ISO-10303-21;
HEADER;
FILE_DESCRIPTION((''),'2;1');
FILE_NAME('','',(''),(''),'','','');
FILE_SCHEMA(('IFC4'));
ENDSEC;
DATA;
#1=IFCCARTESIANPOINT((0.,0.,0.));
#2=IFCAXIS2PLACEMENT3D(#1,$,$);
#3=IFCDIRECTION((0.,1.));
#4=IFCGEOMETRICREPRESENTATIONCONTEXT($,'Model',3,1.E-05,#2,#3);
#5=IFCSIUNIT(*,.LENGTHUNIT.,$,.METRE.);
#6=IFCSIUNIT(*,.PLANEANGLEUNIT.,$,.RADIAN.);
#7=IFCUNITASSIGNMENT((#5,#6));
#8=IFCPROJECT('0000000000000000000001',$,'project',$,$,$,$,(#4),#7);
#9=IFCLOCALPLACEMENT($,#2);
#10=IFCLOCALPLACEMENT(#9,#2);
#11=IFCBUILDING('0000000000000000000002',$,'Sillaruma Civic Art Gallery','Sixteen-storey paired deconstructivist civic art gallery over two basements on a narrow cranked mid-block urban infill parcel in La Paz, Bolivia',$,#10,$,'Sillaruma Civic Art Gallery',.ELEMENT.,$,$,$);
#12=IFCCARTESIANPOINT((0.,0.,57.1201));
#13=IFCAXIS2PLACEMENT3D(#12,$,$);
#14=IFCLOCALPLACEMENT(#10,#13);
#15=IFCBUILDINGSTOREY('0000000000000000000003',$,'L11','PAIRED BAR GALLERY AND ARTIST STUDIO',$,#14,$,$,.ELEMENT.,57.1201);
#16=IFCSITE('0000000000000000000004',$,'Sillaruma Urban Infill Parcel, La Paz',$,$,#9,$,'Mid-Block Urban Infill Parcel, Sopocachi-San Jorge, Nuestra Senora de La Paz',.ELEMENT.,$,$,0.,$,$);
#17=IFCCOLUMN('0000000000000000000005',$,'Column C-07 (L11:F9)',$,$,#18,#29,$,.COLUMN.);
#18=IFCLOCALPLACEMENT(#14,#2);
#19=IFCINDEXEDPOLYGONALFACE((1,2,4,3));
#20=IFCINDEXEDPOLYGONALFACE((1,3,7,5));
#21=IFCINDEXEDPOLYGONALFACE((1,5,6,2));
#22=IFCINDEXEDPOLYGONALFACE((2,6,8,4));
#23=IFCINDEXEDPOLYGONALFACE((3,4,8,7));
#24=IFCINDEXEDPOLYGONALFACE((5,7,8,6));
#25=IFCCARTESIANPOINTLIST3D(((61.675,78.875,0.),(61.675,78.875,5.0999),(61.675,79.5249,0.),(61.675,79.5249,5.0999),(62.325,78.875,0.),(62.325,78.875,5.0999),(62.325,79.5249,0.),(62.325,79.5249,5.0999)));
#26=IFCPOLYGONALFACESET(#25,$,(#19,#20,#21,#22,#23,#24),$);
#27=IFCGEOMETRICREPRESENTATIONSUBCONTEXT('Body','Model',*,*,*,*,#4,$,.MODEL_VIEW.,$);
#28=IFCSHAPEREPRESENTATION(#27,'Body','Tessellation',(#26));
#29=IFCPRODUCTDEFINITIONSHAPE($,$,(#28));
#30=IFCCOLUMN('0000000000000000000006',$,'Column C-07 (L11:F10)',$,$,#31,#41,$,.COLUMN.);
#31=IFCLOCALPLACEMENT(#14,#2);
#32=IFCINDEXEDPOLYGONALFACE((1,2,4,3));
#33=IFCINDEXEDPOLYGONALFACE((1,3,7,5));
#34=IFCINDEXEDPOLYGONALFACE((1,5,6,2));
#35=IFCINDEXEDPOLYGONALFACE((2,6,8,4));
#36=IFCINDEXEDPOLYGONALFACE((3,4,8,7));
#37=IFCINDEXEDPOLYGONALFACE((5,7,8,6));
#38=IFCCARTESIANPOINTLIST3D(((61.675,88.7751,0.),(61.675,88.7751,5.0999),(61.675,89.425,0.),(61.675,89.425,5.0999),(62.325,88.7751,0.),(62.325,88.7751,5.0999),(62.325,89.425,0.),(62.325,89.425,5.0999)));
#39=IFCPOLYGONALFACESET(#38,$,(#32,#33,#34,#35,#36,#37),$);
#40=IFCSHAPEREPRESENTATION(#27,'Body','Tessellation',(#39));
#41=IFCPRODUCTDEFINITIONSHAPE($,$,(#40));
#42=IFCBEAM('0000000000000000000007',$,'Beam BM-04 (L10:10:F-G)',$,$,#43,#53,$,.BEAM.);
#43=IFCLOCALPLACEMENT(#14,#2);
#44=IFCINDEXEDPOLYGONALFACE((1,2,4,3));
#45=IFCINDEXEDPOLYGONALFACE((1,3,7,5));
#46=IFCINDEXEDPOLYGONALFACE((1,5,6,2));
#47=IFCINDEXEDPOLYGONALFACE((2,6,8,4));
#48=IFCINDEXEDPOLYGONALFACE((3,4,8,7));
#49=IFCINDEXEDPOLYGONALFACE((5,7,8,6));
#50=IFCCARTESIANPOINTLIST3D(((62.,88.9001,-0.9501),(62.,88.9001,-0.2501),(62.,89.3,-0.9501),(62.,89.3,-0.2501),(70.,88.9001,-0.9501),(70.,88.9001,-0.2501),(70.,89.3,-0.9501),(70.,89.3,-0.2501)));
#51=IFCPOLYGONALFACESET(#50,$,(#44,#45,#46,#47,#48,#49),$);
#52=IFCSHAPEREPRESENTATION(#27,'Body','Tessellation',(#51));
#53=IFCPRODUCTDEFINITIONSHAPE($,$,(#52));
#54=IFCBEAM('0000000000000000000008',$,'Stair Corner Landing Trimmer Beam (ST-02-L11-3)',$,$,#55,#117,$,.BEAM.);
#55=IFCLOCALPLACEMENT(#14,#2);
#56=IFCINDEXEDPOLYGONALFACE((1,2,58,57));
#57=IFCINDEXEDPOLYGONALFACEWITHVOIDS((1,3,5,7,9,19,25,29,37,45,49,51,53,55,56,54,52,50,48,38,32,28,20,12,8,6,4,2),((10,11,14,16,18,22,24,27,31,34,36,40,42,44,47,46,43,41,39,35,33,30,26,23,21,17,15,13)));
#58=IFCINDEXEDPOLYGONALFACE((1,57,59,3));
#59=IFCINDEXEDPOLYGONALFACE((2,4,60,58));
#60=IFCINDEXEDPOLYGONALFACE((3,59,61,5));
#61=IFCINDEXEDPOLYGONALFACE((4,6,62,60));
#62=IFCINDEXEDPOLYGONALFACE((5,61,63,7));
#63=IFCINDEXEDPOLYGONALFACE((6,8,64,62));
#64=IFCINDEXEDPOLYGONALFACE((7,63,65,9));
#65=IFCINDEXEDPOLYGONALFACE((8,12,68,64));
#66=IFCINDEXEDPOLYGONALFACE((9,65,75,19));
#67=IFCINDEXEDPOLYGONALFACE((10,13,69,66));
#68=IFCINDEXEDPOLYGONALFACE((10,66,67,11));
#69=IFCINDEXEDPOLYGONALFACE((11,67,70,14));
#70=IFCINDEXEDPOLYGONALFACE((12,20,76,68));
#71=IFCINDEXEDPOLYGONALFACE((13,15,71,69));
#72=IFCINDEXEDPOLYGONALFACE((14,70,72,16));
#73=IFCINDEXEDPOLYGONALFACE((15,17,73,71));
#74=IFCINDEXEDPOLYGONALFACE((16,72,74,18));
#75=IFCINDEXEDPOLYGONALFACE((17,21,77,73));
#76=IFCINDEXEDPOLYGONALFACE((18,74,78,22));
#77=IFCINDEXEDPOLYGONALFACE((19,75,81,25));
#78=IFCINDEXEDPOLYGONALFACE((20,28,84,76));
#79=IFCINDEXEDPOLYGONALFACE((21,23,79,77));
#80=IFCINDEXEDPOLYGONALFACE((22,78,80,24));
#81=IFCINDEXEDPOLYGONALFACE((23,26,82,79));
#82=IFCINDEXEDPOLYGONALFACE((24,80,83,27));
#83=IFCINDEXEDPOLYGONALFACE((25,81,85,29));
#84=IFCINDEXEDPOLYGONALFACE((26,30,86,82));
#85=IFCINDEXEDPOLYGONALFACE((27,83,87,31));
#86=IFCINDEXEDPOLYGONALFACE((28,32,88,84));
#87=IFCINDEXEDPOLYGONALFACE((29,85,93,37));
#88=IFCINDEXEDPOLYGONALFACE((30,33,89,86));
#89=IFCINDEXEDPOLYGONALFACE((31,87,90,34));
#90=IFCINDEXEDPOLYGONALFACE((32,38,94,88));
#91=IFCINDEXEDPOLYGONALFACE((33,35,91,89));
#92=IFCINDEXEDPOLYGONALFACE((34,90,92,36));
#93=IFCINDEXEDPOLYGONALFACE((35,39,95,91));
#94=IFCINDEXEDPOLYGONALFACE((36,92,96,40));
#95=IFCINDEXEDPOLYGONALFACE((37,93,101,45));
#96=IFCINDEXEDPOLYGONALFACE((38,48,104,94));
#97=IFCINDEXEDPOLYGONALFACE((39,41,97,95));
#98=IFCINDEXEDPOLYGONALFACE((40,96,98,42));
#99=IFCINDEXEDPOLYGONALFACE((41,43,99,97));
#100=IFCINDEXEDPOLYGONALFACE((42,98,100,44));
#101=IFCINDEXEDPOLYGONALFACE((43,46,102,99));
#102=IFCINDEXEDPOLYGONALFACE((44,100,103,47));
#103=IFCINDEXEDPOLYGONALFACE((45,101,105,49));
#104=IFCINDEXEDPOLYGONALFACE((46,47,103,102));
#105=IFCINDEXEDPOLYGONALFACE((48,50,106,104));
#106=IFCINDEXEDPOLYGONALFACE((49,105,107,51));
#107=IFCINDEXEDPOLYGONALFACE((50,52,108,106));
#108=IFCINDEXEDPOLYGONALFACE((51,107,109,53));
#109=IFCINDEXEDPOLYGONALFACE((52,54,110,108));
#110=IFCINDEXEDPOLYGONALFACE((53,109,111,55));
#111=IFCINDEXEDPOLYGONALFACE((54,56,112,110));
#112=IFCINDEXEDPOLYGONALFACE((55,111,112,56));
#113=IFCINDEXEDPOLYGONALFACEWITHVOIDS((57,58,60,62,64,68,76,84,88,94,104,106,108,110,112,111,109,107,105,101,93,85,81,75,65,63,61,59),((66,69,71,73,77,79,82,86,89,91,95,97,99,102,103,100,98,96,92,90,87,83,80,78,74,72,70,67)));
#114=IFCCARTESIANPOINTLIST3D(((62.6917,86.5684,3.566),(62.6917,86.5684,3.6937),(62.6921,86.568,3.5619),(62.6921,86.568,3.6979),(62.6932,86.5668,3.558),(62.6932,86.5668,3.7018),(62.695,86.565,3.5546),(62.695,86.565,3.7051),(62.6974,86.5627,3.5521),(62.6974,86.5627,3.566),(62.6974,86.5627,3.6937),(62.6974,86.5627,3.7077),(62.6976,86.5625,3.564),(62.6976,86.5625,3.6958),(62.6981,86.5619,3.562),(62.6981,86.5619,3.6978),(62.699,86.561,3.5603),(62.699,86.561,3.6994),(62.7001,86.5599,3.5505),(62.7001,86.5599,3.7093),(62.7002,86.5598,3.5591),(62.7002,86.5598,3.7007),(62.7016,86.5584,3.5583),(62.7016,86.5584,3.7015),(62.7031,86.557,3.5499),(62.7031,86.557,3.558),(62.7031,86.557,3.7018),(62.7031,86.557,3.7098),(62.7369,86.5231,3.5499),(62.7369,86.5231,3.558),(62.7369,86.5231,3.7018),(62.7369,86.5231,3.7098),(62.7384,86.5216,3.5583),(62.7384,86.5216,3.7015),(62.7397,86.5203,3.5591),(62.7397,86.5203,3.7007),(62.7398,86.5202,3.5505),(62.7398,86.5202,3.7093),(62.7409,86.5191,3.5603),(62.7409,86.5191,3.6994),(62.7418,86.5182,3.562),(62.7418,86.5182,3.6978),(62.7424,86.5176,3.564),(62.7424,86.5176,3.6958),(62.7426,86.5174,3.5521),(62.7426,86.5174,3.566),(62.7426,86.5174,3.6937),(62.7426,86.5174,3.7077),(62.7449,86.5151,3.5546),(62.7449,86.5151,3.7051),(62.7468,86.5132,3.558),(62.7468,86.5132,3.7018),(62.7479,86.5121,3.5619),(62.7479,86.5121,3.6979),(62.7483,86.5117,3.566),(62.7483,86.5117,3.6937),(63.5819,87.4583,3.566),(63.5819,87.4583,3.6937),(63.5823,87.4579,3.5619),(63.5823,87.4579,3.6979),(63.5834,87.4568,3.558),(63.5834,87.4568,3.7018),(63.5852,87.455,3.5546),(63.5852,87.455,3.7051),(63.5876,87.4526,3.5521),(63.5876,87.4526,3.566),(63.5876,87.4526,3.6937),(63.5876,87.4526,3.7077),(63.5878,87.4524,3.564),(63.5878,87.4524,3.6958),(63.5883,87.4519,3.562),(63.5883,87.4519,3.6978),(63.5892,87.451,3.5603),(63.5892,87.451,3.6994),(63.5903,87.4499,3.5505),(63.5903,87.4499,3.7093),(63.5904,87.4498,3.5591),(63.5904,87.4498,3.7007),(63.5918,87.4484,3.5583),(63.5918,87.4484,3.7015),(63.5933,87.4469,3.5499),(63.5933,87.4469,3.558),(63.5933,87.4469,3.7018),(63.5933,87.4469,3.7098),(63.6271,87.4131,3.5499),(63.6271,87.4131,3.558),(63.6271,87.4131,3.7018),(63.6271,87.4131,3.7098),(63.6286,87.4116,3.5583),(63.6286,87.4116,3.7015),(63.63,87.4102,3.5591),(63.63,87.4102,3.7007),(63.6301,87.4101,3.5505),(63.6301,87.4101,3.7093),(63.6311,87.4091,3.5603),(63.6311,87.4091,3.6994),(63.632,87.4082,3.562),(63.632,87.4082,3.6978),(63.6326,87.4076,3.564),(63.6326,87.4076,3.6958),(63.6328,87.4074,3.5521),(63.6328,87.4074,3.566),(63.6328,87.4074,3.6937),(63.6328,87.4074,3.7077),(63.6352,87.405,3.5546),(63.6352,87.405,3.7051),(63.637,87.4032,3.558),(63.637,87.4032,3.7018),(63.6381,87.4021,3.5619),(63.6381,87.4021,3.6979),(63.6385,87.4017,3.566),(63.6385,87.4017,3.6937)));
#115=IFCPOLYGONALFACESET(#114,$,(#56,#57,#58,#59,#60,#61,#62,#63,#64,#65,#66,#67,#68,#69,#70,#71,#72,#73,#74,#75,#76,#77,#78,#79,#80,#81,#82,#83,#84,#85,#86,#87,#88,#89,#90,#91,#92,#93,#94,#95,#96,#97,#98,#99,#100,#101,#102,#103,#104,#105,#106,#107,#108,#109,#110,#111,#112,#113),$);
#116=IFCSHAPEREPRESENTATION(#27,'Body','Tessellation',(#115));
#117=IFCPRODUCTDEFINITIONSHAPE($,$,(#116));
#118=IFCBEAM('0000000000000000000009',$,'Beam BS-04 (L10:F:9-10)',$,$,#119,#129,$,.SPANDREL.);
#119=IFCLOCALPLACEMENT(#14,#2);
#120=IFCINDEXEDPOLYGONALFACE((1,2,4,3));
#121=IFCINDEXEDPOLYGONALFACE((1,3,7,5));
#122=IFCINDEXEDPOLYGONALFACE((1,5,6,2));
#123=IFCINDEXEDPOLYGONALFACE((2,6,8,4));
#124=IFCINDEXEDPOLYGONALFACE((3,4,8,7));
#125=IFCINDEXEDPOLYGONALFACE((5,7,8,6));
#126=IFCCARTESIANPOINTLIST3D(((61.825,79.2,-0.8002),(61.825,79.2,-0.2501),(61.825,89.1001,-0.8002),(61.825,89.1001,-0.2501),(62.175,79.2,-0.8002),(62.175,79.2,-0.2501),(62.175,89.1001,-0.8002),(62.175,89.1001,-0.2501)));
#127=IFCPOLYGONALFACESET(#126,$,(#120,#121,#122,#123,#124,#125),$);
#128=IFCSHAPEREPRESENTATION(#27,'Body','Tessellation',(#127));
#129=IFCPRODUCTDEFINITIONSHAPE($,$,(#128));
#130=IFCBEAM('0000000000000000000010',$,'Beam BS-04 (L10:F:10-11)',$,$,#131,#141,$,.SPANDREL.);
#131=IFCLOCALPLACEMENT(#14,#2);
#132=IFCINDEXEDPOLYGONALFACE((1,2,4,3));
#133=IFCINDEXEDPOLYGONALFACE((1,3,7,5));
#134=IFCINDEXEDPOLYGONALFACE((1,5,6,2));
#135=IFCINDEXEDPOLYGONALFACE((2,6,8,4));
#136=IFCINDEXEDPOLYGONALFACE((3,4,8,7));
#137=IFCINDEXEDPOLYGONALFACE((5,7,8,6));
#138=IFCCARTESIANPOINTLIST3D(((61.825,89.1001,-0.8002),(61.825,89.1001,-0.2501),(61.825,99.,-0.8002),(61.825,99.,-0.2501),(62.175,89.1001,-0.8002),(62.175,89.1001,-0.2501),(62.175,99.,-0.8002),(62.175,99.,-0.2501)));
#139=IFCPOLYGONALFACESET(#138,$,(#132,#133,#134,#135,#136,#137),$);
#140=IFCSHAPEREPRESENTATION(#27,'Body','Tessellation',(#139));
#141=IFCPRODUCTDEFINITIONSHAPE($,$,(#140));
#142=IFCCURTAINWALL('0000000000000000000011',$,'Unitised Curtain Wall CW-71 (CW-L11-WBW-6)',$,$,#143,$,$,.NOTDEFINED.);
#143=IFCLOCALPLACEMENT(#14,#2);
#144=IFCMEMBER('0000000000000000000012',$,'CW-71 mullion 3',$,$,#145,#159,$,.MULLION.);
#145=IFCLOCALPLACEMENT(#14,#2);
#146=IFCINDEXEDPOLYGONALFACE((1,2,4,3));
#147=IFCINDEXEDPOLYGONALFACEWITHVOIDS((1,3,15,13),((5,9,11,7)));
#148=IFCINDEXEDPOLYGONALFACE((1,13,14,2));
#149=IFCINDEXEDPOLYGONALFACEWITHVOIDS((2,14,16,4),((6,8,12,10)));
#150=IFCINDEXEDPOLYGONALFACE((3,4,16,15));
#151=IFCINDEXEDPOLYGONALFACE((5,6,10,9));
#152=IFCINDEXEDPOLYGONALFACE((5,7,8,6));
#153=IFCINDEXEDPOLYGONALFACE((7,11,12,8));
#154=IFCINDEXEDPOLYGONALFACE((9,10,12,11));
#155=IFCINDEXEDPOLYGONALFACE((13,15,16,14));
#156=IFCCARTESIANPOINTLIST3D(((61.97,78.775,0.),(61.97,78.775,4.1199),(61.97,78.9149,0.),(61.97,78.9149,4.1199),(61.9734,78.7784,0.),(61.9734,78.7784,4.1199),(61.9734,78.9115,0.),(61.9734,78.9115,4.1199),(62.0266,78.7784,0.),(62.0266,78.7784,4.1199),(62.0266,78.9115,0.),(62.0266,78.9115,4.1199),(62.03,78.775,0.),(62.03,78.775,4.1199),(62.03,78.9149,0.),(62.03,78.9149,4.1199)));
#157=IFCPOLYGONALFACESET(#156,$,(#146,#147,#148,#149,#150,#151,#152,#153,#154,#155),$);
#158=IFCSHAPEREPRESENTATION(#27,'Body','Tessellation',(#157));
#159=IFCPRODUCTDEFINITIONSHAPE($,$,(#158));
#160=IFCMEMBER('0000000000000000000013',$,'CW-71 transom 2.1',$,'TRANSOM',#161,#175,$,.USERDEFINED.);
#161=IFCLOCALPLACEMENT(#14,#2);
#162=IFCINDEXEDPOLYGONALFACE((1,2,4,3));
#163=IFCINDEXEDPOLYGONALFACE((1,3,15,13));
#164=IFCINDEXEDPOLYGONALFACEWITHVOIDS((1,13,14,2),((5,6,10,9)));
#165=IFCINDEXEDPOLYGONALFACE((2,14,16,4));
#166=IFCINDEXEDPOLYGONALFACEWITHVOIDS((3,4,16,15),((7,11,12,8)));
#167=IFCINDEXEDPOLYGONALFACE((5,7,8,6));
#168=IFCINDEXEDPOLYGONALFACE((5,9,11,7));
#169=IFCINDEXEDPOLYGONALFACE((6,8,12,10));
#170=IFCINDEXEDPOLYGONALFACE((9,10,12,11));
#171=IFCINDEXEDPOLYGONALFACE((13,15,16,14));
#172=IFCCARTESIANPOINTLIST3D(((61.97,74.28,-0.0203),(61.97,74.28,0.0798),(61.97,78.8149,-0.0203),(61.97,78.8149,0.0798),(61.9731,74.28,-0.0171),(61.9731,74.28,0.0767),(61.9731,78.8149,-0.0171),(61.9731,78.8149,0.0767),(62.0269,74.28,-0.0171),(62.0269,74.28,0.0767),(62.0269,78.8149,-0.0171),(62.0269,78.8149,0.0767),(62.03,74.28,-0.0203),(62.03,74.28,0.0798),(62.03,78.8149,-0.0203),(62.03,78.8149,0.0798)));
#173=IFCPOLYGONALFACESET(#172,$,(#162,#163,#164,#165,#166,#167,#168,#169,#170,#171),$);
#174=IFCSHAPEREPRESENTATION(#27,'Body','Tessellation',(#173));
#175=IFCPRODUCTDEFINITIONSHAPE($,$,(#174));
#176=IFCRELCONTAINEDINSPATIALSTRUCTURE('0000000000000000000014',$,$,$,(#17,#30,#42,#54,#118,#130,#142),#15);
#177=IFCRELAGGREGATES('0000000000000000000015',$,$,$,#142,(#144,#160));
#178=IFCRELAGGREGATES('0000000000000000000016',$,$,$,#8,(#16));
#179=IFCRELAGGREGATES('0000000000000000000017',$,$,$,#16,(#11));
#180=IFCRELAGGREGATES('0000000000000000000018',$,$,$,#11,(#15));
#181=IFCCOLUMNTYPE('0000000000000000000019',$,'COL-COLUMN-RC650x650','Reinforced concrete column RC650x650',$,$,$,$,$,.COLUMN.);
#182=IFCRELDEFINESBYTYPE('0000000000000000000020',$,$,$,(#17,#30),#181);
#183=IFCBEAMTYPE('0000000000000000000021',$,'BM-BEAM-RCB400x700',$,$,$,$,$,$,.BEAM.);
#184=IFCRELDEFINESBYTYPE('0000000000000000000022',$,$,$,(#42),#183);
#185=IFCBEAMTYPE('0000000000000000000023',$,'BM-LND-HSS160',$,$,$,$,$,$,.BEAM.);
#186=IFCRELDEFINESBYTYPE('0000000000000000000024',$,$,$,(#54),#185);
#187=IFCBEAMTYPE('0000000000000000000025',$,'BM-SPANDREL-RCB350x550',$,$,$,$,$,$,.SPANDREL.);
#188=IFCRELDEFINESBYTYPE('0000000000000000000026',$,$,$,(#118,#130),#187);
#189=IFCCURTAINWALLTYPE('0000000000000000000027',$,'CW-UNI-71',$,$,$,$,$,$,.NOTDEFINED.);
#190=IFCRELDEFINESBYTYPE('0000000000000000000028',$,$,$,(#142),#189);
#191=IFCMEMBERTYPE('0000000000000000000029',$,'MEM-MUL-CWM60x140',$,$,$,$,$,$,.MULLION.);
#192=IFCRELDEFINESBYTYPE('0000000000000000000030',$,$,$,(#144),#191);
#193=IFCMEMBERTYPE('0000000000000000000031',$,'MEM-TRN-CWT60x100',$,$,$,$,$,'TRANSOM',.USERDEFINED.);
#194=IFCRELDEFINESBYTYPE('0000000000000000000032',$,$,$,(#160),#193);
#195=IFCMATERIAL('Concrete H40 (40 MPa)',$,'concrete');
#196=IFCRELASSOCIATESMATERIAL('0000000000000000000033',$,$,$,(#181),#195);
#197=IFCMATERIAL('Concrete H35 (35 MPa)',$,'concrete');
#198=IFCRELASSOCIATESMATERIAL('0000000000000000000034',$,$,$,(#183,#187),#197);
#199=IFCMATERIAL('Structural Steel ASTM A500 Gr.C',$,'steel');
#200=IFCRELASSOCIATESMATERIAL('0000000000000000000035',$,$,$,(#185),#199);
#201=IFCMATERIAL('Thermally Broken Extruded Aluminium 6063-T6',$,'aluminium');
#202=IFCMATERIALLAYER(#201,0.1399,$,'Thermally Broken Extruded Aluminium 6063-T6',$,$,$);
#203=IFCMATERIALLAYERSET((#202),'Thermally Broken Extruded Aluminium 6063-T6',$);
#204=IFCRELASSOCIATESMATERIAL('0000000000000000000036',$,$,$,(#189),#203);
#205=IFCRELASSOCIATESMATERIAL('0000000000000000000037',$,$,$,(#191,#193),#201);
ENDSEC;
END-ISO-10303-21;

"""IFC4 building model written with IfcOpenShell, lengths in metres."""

from ifc_helpers import new_model, si_unit, direction, frame, origin, origin_2d, place, context, subcontext, project, spatial, rectangle, hollow_rectangle, extrude, material, layer, layer_set, material_profile, profile_set, type_object, element, aggregate, save


model = new_model("IFC4")

# Units and contexts
model_context = context("Model", 3, precision=1e-05, world=origin(), true_north=direction((0.0, 1.0)))
body_context = subcontext(model_context, "Body", "Model", "MODEL_VIEW")
ifc_project = project(units=[si_unit("LENGTHUNIT", "METRE"), si_unit("PLANEANGLEUNIT", "RADIAN")], contexts=[model_context])

# Site, building, storey
site_placement = place(None, origin())
site = spatial("IfcSite", under=ifc_project, at=site_placement, Name="Sillaruma Urban Infill Parcel, La Paz", LongName="Mid-Block Urban Infill Parcel, Sopocachi-San Jorge, Nuestra Senora de La Paz", CompositionType="ELEMENT", RefElevation=0.0)
building_placement = place(site_placement, origin())
building = spatial("IfcBuilding", under=site, at=building_placement, Name="Sillaruma Civic Art Gallery", Description="Sixteen-storey paired deconstructivist civic art gallery over two basements on a narrow cranked mid-block urban infill parcel in La Paz, Bolivia", LongName="Sillaruma Civic Art Gallery", CompositionType="ELEMENT")
storey_placement = place(building_placement, frame((0.0, 0.0, 57.1201)))
storey = spatial("IfcBuildingStorey", under=building, at=storey_placement, Name="L11", Description="PAIRED BAR GALLERY AND ARTIST STUDIO", CompositionType="ELEMENT", Elevation=57.1201)

# Columns
ifc_material_1 = material(Name="Concrete H40 (40 MPa)", Category="concrete")
ifc_material_profile_1 = material_profile(ifc_material_1, rectangle(XDim=0.6499, YDim=0.6499, at=origin_2d()), Name="RC650x650")
ifc_profile_set_1 = profile_set([ifc_material_profile_1], Name="Concrete H40 (40 MPa)")
column_type = type_object("IfcColumnType", Name="COL-COLUMN-RC650x650", Description="Reinforced concrete column RC650x650", PredefinedType="COLUMN", material=ifc_profile_set_1)
for number, where, z_axis, x_axis, name in (
    (1, (62.0, 79.2, 0.0), (0.0, 0.0, 1.0), (1.0, 0.0, 0.0), "Column C-07 (L11:F9)"),
    (2, (62.0, 89.1001, 0.0), (0.0, 0.0, 1.0), (1.0, 0.0, 0.0), "Column C-07 (L11:F10)"),
):
    element("IfcColumn", number, at=place(storey_placement, frame(where, z_axis=z_axis, x_axis=x_axis)), inside=storey, type_object=column_type, Name=name, PredefinedType="COLUMN", context=body_context, shape_type="SweptSolid", body=[
        extrude(rectangle(XDim=0.6499, YDim=0.6499, at=origin_2d()), origin(), (0.0, 0.0, 1.0), 5.0999),
    ])

# Beams
ifc_material_2 = material(Name="Concrete H35 (35 MPa)", Category="concrete")
ifc_material_profile_2 = material_profile(ifc_material_2, rectangle(XDim=0.3999, YDim=0.7, at=origin_2d()), Name="RCB400x700")
ifc_profile_set_2 = profile_set([ifc_material_profile_2], Name="Concrete H35 (35 MPa)")
beam_type_1 = type_object("IfcBeamType", Name="BM-BEAM-RCB400x700", PredefinedType="BEAM", material=ifc_profile_set_2)
beam_1_placement = place(storey_placement, frame((62.0, 89.1001, -0.6001), z_axis=(1.0, 0.0, 0.0), x_axis=(0.0, 1.0, 0.0)))
element("IfcBeam", 3, at=beam_1_placement, inside=storey, type_object=beam_type_1, Name="Beam BM-04 (L10:10:F-G)", PredefinedType="BEAM", context=body_context, shape_type="SweptSolid", body=[
    extrude(rectangle(XDim=0.3999, YDim=0.7, at=origin_2d()), origin(), (0.0, 0.0, 1.0), 8.0),
])
ifc_material_3 = material(Name="Structural Steel ASTM A500 Gr.C", Category="steel")
ifc_material_profile_3 = material_profile(ifc_material_3, hollow_rectangle(XDim=0.0801, YDim=0.1599, WallThickness=0.0081, InnerFilletRadius=0.0081, OuterFilletRadius=0.0161, at=origin_2d()), Name="HSS160x80x8")
ifc_profile_set_3 = profile_set([ifc_material_profile_3], Name="Structural Steel ASTM A500 Gr.C")
beam_type_2 = type_object("IfcBeamType", Name="BM-LND-HSS160", PredefinedType="BEAM", material=ifc_profile_set_3)
beam_2_placement = place(storey_placement, frame((62.72, 86.54, 3.6299), z_axis=(0.707204, 0.70701, 0.0), x_axis=(-0.70701, 0.707204, 0.0)))
element("IfcBeam", 4, at=beam_2_placement, inside=storey, type_object=beam_type_2, Name="Stair Corner Landing Trimmer Beam (ST-02-L11-3)", PredefinedType="BEAM", context=body_context, shape_type="SweptSolid", body=[
    extrude(hollow_rectangle(XDim=0.0801, YDim=0.1599, WallThickness=0.0081, InnerFilletRadius=0.0081, OuterFilletRadius=0.0161, at=origin_2d()), origin(), (0.0, 0.0, 1.0), 1.2588),
])
ifc_material_profile_4 = material_profile(ifc_material_2, rectangle(XDim=0.3501, YDim=0.55, at=origin_2d()), Name="RCB350x550")
ifc_profile_set_4 = profile_set([ifc_material_profile_4], Name="Concrete H35 (35 MPa)")
beam_type_3 = type_object("IfcBeamType", Name="BM-SPANDREL-RCB350x550", PredefinedType="SPANDREL", material=ifc_profile_set_4)
beam_3_placement = place(storey_placement, frame((62.0, 79.2, -0.5251), z_axis=(0.0, 1.0, 0.0), x_axis=(-1.0, 0.0, 0.0)))
element("IfcBeam", 5, at=beam_3_placement, inside=storey, type_object=beam_type_3, Name="Beam BS-04 (L10:F:9-10)", PredefinedType="SPANDREL", context=body_context, shape_type="SweptSolid", body=[
    extrude(rectangle(XDim=0.3501, YDim=0.55, at=origin_2d()), origin(), (0.0, 0.0, 1.0), 9.9001),
])
beam_4_placement = place(storey_placement, frame((62.0, 89.1001, -0.5251), z_axis=(0.0, 1.0, 0.0), x_axis=(-1.0, 0.0, 0.0)))
element("IfcBeam", 6, at=beam_4_placement, inside=storey, type_object=beam_type_3, Name="Beam BS-04 (L10:F:10-11)", PredefinedType="SPANDREL", context=body_context, shape_type="SweptSolid", body=[
    extrude(rectangle(XDim=0.3501, YDim=0.55, at=origin_2d()), origin(), (0.0, 0.0, 1.0), 9.8999),
])

# Curtain wall, members
ifc_material_4 = material(Name="Thermally Broken Extruded Aluminium 6063-T6", Category="aluminium")
ifc_layer_1 = layer(ifc_material_4, 0.1399, Name="Thermally Broken Extruded Aluminium 6063-T6")
ifc_layer_set_1 = layer_set([ifc_layer_1], Name="Thermally Broken Extruded Aluminium 6063-T6")
curtain_wall_type = type_object("IfcCurtainWallType", Name="CW-UNI-71", PredefinedType="NOTDEFINED", material=ifc_layer_set_1)
curtain_wall_placement = place(storey_placement, origin())
curtain_wall = element("IfcCurtainWall", 7, at=curtain_wall_placement, inside=storey, type_object=curtain_wall_type, Name="Unitised Curtain Wall CW-71 (CW-L11-WBW-6)", PredefinedType="NOTDEFINED")
ifc_material_profile_5 = material_profile(ifc_material_4, hollow_rectangle(XDim=0.0601, YDim=0.1399, WallThickness=0.0034, at=origin_2d()), Name="CWM60x140")
ifc_profile_set_5 = profile_set([ifc_material_profile_5], Name="Thermally Broken Extruded Aluminium 6063-T6")
member_type_1 = type_object("IfcMemberType", Name="MEM-MUL-CWM60x140", PredefinedType="MULLION", material=ifc_profile_set_5)
member_1_placement = place(storey_placement, frame((62.0, 78.845, 0.0), z_axis=(0.0, 0.0, 1.0), x_axis=(-1.0, 0.0, 0.0)))
member_1 = element("IfcMember", 8, at=member_1_placement, type_object=member_type_1, Name="CW-71 mullion 3", PredefinedType="MULLION", context=body_context, shape_type="SweptSolid", body=[
    extrude(hollow_rectangle(XDim=0.0601, YDim=0.1399, WallThickness=0.0034, at=origin_2d()), origin(), (0.0, 0.0, 1.0), 4.1199),
])
ifc_material_profile_6 = material_profile(ifc_material_4, hollow_rectangle(XDim=0.0601, YDim=0.1001, WallThickness=0.0032, at=origin_2d()), Name="CWT60x100")
ifc_profile_set_6 = profile_set([ifc_material_profile_6], Name="Thermally Broken Extruded Aluminium 6063-T6")
member_type_2 = type_object("IfcMemberType", Name="MEM-TRN-CWT60x100", ElementType="TRANSOM", PredefinedType="USERDEFINED", material=ifc_profile_set_6)
member_2_placement = place(storey_placement, frame((62.0, 74.28, 0.0298), z_axis=(0.0, 1.0, 0.0), x_axis=(-1.0, 0.0, 0.0)))
member_2 = element("IfcMember", 9, at=member_2_placement, type_object=member_type_2, Name="CW-71 transom 2.1", ObjectType="TRANSOM", PredefinedType="USERDEFINED", context=body_context, shape_type="SweptSolid", body=[
    extrude(hollow_rectangle(XDim=0.0601, YDim=0.1001, WallThickness=0.0032, at=origin_2d()), origin(), (0.0, 0.0, 1.0), 4.5349),
])
aggregate(curtain_wall, [member_1, member_2])

save(model, "model.ifc")
